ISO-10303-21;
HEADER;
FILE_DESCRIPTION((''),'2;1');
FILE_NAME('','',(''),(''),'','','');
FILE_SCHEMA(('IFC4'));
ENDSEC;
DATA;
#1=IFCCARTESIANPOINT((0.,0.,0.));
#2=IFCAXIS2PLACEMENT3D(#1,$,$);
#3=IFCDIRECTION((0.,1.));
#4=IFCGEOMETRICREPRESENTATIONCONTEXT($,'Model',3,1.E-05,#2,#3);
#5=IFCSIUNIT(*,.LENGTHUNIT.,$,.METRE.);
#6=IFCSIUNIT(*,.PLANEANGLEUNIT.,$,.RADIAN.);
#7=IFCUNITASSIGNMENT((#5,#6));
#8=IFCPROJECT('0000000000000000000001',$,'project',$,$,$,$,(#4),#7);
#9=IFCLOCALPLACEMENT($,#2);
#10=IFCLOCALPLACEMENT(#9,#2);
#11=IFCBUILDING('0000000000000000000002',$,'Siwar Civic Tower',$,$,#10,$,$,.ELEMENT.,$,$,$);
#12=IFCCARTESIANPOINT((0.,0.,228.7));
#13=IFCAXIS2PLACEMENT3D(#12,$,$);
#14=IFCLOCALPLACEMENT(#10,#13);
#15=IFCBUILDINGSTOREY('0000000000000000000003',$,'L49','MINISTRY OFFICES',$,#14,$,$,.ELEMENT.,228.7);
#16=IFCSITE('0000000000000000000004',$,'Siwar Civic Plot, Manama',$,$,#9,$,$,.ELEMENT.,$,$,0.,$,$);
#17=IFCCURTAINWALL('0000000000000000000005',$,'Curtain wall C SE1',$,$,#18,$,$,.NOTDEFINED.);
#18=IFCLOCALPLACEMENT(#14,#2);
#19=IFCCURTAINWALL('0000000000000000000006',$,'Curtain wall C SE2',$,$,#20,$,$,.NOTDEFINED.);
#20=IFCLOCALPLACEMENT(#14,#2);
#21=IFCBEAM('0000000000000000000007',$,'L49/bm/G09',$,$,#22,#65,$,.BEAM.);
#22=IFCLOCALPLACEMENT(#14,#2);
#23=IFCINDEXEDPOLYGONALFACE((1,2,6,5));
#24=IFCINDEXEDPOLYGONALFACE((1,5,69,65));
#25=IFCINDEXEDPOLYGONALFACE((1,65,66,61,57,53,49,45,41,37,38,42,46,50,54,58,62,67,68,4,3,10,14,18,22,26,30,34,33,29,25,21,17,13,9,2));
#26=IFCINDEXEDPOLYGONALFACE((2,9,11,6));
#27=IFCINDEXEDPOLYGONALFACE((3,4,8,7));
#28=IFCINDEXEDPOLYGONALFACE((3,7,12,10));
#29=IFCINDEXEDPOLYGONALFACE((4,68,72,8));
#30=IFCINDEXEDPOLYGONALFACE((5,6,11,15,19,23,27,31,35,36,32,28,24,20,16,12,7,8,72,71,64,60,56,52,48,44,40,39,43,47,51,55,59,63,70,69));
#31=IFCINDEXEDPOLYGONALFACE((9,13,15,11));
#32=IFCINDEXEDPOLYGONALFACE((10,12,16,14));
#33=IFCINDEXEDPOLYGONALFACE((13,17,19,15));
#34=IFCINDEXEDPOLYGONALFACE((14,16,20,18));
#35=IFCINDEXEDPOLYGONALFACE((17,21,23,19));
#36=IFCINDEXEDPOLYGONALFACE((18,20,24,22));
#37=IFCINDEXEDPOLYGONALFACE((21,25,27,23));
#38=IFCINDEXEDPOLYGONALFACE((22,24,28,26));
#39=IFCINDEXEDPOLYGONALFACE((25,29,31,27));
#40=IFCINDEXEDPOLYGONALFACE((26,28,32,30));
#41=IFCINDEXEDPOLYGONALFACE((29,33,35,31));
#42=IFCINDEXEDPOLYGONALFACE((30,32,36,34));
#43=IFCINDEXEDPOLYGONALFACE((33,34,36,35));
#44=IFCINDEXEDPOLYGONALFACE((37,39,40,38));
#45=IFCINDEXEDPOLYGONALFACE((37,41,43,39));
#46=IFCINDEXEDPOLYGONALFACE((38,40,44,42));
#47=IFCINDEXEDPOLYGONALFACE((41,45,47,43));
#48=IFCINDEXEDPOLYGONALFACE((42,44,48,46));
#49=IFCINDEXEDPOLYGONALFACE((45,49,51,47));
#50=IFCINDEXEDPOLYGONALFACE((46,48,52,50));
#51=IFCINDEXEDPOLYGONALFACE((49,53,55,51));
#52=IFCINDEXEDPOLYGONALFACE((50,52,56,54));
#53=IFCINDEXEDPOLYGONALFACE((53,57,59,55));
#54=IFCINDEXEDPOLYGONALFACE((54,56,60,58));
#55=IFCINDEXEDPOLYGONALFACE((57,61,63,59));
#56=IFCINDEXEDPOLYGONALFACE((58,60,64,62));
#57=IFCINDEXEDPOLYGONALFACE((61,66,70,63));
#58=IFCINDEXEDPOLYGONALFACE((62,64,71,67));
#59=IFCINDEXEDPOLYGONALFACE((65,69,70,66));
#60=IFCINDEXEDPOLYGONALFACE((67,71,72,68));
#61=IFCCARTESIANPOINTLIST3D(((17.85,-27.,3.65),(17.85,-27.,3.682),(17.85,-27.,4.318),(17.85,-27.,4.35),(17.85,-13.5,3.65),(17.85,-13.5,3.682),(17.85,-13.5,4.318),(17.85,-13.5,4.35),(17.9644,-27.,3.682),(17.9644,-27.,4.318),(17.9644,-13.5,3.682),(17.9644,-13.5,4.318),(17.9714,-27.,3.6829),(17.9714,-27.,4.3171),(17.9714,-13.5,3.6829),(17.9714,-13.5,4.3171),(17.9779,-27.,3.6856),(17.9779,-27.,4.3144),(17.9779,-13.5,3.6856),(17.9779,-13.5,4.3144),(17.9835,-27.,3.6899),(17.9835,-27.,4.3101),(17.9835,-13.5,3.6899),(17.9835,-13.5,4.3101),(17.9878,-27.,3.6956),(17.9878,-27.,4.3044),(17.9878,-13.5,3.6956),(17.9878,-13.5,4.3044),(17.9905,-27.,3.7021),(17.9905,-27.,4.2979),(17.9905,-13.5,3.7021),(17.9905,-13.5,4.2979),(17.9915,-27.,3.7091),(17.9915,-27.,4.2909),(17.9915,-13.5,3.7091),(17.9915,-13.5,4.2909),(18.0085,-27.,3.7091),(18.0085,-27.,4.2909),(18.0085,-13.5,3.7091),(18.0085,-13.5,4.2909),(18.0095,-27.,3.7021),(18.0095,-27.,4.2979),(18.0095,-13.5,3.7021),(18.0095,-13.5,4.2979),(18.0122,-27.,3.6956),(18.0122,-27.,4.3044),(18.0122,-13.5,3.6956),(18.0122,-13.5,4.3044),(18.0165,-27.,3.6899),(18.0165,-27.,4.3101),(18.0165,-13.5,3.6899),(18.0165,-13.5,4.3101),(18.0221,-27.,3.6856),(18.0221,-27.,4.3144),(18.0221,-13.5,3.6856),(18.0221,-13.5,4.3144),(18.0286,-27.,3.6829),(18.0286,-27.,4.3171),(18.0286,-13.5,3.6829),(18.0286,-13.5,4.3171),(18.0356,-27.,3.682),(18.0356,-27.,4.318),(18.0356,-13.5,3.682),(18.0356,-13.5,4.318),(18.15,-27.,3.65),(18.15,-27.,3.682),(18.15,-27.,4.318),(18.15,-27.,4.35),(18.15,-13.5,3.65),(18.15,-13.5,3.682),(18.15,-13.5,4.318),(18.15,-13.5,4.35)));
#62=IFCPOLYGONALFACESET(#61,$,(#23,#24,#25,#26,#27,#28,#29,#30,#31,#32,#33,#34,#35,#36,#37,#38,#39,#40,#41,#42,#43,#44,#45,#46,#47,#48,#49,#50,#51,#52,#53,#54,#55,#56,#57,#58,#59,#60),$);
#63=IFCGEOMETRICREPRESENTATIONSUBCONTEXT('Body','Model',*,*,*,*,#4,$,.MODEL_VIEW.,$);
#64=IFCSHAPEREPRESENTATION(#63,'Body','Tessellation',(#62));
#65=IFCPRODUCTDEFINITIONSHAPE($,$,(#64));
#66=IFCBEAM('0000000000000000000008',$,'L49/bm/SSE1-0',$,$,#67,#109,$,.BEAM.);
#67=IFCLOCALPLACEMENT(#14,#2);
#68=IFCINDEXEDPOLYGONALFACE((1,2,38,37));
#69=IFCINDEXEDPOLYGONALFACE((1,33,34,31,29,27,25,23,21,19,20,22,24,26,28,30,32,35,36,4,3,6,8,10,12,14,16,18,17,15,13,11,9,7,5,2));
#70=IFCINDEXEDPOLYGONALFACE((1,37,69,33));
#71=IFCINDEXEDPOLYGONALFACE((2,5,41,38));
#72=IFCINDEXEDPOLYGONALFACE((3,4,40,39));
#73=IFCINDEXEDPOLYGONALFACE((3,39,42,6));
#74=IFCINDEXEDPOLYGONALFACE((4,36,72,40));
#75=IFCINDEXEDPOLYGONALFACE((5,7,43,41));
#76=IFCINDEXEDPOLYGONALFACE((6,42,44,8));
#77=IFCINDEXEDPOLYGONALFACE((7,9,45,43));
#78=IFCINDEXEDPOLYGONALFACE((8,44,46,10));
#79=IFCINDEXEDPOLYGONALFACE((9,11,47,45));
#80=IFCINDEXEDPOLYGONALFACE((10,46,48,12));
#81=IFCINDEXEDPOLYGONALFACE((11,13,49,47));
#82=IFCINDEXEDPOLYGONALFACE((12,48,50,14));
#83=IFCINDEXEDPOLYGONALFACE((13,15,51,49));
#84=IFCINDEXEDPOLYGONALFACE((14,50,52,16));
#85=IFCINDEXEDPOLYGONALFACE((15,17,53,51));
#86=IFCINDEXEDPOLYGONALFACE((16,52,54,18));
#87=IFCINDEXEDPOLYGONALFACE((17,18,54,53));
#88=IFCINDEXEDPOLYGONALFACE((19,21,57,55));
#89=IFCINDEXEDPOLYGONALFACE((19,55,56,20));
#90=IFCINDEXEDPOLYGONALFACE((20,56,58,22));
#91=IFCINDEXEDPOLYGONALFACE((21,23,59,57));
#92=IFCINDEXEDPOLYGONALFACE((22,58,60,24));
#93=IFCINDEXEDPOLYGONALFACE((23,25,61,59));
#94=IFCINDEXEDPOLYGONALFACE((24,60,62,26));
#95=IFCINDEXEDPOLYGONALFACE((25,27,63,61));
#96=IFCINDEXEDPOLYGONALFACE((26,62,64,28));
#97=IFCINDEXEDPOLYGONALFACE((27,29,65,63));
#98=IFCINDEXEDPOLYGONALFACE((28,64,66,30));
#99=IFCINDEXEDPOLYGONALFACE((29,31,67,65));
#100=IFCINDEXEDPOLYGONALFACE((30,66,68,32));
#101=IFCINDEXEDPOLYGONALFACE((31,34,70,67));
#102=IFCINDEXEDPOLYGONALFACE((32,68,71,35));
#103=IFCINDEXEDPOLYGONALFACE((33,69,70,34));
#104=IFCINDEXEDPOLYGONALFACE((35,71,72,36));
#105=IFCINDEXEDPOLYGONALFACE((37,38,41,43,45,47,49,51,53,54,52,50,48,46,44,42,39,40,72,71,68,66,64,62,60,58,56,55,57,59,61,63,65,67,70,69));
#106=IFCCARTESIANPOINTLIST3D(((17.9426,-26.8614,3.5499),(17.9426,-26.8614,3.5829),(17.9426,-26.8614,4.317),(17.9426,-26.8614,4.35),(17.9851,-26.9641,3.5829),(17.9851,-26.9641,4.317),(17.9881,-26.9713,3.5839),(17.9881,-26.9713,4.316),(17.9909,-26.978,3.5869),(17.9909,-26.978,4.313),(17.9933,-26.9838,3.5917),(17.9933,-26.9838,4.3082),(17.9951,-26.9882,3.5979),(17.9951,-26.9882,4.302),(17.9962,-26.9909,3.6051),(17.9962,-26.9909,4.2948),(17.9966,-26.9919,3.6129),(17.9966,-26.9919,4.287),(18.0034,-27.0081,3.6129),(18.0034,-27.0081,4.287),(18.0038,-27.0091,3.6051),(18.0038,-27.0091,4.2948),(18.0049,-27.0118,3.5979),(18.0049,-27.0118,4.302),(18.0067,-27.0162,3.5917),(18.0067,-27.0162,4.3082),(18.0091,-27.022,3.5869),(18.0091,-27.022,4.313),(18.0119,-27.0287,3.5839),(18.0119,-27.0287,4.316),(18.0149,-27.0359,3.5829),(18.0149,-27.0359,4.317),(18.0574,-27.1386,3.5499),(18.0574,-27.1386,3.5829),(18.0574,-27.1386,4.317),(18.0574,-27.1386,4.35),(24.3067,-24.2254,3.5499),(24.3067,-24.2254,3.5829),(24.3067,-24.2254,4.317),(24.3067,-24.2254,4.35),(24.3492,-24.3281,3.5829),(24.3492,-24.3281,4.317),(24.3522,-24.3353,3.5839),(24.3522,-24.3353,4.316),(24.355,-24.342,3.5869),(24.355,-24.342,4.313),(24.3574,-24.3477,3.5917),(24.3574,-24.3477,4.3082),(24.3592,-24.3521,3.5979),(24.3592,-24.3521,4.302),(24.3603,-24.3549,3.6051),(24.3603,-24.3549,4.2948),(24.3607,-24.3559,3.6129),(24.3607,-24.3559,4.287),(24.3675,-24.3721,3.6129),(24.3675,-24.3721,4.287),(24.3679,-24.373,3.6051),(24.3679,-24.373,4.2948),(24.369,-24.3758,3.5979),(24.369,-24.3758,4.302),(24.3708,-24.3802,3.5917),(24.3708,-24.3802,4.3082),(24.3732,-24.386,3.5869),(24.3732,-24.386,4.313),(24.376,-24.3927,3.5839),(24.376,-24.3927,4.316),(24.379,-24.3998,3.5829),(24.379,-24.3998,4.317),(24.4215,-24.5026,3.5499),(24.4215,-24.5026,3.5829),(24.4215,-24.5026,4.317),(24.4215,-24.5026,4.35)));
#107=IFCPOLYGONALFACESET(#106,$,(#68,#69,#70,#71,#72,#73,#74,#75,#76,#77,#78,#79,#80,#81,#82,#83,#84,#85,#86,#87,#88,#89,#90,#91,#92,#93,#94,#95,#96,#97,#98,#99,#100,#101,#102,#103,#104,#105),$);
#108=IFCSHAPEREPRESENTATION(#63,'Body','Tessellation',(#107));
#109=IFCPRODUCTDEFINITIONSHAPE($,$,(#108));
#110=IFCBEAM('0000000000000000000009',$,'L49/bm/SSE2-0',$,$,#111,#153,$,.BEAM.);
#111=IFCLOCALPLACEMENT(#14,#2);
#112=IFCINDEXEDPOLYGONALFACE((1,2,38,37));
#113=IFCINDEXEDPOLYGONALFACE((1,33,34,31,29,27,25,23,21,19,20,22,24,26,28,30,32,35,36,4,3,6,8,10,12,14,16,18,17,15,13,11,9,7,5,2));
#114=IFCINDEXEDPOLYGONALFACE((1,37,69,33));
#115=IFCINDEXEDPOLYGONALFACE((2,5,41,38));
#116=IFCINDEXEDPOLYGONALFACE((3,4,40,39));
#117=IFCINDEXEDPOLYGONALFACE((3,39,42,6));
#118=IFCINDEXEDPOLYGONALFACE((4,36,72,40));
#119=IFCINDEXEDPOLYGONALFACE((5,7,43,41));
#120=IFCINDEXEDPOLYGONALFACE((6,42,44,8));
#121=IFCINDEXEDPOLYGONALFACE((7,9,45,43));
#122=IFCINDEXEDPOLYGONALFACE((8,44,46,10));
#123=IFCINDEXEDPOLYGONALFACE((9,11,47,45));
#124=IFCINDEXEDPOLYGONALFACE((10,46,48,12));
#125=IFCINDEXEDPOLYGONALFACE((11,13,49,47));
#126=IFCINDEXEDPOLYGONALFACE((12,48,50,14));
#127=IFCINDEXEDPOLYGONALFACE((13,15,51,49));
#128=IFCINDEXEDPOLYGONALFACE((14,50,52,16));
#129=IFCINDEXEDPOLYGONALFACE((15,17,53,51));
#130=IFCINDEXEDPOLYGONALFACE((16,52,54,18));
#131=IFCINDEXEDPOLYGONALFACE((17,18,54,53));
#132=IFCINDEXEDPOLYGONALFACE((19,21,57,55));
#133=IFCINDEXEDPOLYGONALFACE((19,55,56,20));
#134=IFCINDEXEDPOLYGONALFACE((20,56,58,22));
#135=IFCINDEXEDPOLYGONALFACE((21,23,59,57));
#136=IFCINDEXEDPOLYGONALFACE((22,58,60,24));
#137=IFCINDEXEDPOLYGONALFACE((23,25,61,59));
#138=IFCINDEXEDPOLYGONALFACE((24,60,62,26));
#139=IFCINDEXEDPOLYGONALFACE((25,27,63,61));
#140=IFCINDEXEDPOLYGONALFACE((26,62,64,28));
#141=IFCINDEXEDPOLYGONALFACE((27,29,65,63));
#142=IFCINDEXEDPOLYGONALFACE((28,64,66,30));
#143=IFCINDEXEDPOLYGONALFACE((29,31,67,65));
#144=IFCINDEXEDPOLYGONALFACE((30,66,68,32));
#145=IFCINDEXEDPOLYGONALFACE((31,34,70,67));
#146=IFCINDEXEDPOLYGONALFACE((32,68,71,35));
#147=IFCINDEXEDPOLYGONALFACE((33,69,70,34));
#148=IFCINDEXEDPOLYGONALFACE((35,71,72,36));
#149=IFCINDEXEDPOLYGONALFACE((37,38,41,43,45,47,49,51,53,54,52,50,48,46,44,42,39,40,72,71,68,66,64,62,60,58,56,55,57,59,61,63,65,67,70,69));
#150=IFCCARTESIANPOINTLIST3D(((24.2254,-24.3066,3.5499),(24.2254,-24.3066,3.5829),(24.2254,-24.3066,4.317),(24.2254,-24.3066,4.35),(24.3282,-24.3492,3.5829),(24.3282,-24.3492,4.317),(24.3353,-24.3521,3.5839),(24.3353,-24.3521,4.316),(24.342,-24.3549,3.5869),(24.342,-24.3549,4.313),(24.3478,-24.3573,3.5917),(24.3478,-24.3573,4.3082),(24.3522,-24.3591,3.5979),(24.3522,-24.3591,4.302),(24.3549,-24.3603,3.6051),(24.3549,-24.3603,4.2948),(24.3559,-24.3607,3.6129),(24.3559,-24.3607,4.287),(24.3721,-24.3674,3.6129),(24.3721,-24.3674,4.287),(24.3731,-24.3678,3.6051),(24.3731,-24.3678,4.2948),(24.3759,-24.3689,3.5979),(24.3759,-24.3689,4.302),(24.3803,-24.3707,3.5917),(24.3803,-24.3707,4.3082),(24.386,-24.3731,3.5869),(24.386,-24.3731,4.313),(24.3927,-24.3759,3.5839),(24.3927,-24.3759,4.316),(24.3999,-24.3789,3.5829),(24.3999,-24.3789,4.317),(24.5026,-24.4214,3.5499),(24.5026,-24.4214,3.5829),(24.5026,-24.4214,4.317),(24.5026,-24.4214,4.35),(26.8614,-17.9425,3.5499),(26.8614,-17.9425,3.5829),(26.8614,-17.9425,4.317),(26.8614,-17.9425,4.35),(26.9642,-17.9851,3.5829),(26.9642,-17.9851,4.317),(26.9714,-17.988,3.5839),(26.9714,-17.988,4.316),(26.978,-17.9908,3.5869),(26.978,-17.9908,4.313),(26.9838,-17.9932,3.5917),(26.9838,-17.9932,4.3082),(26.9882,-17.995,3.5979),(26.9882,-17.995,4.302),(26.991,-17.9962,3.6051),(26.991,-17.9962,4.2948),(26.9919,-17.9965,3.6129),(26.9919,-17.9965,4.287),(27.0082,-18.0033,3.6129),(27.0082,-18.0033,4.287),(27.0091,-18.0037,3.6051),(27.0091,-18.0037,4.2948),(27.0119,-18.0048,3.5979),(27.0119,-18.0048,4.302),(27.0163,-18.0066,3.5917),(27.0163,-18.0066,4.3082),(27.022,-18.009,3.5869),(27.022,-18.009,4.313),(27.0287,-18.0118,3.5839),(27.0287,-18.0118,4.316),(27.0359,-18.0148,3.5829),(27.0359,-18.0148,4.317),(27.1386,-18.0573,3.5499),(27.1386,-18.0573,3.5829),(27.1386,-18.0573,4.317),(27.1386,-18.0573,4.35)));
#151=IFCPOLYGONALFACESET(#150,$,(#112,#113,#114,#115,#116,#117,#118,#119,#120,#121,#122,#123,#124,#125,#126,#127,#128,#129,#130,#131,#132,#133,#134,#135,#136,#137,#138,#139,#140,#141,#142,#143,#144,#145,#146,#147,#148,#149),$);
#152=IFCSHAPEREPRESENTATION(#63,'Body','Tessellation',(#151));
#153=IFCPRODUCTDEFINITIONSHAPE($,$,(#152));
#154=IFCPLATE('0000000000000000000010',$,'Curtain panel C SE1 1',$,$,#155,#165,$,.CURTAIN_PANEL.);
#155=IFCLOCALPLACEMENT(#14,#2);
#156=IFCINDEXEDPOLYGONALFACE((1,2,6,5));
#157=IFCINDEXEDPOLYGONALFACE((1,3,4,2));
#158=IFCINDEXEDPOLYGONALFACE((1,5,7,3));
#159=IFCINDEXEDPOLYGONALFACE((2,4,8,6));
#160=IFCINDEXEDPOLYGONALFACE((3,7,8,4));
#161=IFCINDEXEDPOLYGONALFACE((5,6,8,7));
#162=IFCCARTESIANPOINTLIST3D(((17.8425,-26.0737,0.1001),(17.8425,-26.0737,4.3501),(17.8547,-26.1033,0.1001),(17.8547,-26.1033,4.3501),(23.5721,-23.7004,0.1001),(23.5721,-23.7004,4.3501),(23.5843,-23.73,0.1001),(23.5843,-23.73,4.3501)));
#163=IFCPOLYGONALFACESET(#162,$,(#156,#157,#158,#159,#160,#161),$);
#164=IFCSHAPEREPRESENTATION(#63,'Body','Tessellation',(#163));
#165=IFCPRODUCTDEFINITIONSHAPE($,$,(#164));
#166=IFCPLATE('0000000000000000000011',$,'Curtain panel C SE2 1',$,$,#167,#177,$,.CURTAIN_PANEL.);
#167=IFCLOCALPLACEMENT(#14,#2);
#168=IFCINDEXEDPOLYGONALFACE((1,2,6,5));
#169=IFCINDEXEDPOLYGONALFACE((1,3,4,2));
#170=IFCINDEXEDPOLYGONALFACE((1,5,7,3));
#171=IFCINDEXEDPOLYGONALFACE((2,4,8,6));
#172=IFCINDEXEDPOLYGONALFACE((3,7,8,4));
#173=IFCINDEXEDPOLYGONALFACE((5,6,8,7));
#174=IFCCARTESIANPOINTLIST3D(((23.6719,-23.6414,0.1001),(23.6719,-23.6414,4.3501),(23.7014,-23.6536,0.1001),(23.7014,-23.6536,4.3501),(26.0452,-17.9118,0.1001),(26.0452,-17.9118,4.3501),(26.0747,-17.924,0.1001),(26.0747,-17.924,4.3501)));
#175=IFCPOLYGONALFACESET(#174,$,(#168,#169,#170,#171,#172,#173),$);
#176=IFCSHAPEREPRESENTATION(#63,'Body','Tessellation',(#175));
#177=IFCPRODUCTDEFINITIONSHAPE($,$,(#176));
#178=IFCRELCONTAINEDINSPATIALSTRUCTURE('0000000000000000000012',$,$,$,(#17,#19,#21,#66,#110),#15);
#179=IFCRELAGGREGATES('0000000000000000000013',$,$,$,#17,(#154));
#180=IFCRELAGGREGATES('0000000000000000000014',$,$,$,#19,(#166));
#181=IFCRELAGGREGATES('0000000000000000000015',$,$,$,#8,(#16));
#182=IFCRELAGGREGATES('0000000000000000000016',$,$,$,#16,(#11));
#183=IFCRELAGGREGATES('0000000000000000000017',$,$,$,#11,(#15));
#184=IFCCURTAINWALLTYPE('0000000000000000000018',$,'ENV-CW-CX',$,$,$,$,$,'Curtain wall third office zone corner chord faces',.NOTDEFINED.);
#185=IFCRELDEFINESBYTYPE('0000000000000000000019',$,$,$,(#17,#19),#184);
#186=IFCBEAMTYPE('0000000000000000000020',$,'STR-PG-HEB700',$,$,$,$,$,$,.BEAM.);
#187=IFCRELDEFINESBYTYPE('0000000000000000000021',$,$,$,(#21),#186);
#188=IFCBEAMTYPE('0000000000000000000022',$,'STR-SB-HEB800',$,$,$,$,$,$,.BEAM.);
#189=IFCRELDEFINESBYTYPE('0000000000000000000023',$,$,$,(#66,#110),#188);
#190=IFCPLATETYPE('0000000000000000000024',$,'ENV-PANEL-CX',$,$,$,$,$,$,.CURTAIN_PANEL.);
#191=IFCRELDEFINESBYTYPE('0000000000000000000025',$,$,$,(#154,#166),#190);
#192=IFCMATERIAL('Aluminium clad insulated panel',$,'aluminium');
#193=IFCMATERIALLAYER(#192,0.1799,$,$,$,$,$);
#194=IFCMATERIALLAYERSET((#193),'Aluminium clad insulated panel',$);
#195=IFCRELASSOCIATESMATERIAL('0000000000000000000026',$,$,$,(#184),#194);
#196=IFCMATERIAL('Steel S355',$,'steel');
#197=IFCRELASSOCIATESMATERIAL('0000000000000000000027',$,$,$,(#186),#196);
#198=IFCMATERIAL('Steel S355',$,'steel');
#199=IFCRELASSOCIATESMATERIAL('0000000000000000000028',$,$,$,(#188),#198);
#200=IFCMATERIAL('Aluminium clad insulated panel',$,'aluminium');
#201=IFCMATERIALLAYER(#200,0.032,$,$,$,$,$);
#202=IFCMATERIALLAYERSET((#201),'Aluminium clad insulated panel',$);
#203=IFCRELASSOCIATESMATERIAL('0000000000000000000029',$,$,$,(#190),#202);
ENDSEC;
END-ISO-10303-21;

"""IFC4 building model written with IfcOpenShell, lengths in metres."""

from ifc_helpers import new_model, si_unit, direction, frame, origin, origin_2d, place, context, subcontext, project, spatial, rectangle, i_section, extrude, material, layer, layer_set, material_profile, profile_set, type_object, element, aggregate, save


model = new_model("IFC4")

# Units and contexts
model_context = context("Model", 3, precision=1e-05, world=origin(), true_north=direction((0.0, 1.0)))
body_context = subcontext(model_context, "Body", "Model", "MODEL_VIEW")
ifc_project = project(units=[si_unit("LENGTHUNIT", "METRE"), si_unit("PLANEANGLEUNIT", "RADIAN")], contexts=[model_context])

# Site, building, storey
site_placement = place(None, origin())
site = spatial("IfcSite", under=ifc_project, at=site_placement, Name="Siwar Civic Plot, Manama", CompositionType="ELEMENT", RefElevation=0.0)
building_placement = place(site_placement, origin())
building = spatial("IfcBuilding", under=site, at=building_placement, Name="Siwar Civic Tower", CompositionType="ELEMENT")
storey_placement = place(building_placement, frame((0.0, 0.0, 228.7)))
storey = spatial("IfcBuildingStorey", under=building, at=storey_placement, Name="L49", Description="MINISTRY OFFICES", CompositionType="ELEMENT", Elevation=228.7)

# Curtain walls
ifc_material_1 = material(Name="Aluminium clad insulated panel", Category="aluminium")
ifc_layer_1 = layer(ifc_material_1, 0.1799)
ifc_layer_set_1 = layer_set([ifc_layer_1], Name="Aluminium clad insulated panel")
curtain_wall_type = type_object("IfcCurtainWallType", Name="ENV-CW-CX", ElementType="Curtain wall third office zone corner chord faces", PredefinedType="NOTDEFINED", material=ifc_layer_set_1)
curtain_wall_1_placement = place(storey_placement, origin())
curtain_wall_1 = element("IfcCurtainWall", 1, at=curtain_wall_1_placement, inside=storey, type_object=curtain_wall_type, Name="Curtain wall C SE1", PredefinedType="NOTDEFINED")
curtain_wall_2_placement = place(storey_placement, origin())
curtain_wall_2 = element("IfcCurtainWall", 2, at=curtain_wall_2_placement, inside=storey, type_object=curtain_wall_type, Name="Curtain wall C SE2", PredefinedType="NOTDEFINED")

# Beams
ifc_material_2 = material(Name="Steel S355", Category="steel")
ifc_material_profile_1 = material_profile(ifc_material_2, i_section(OverallWidth=0.3, OverallDepth=0.7, WebThickness=0.0171, FlangeThickness=0.032, FilletRadius=0.0271, at=origin_2d()), Name="HEB700")
ifc_profile_set_1 = profile_set([ifc_material_profile_1], Name="Steel S355")
beam_type_1 = type_object("IfcBeamType", Name="STR-PG-HEB700", PredefinedType="BEAM", material=ifc_profile_set_1)
beam_1_placement = place(storey_placement, frame((18.0, -27.0, 4.0), z_axis=(0.0, 1.0, 0.0), x_axis=(-1.0, 0.0, 0.0)))
element("IfcBeam", 3, at=beam_1_placement, inside=storey, type_object=beam_type_1, Name="L49/bm/G09", PredefinedType="BEAM", context=body_context, shape_type="SweptSolid", body=[
    extrude(i_section(OverallWidth=0.3, OverallDepth=0.7, WebThickness=0.0171, FlangeThickness=0.032, FilletRadius=0.0271, at=origin_2d()), origin(), (0.0, 0.0, 1.0), 13.5),
])
ifc_material_3 = material(Name="Steel S355", Category="steel")
ifc_material_profile_2 = material_profile(ifc_material_3, i_section(OverallWidth=0.3, OverallDepth=0.8, WebThickness=0.0176, FlangeThickness=0.033, FilletRadius=0.03, at=origin_2d()), Name="HEB800")
ifc_profile_set_2 = profile_set([ifc_material_profile_2], Name="Steel S355")
beam_type_2 = type_object("IfcBeamType", Name="STR-SB-HEB800", PredefinedType="BEAM", material=ifc_profile_set_2)
for number, where, z_axis, x_axis, name in (
    (4, (18.0, -27.0, 3.95), (0.923883, 0.382674, 0.0), (-0.382674, 0.923883, 0.0), "L49/bm/SSE1-0"),
    (5, (24.364, -24.364, 3.95), (0.382674, 0.923883, 0.0), (-0.923883, 0.382674, 0.0), "L49/bm/SSE2-0"),
):
    element("IfcBeam", number, at=place(storey_placement, frame(where, z_axis=z_axis, x_axis=x_axis)), inside=storey, type_object=beam_type_2, Name=name, PredefinedType="BEAM", context=body_context, shape_type="SweptSolid", body=[
        extrude(i_section(OverallWidth=0.3, OverallDepth=0.8, WebThickness=0.0176, FlangeThickness=0.033, FilletRadius=0.03, at=origin_2d()), origin(), (0.0, 0.0, 1.0), 6.8884),
    ])

# Plates
ifc_material_4 = material(Name="Aluminium clad insulated panel", Category="aluminium")
ifc_layer_2 = layer(ifc_material_4, 0.032)
ifc_layer_set_2 = layer_set([ifc_layer_2], Name="Aluminium clad insulated panel")
plate_type = type_object("IfcPlateType", Name="ENV-PANEL-CX", PredefinedType="CURTAIN_PANEL", material=ifc_layer_set_2)
plate_1_placement = place(storey_placement, frame((20.7134, -24.9019, 0.1001), z_axis=(0.0, 0.0, 1.0), x_axis=(0.92388, 0.382683, 0.0)))
plate_1 = element("IfcPlate", 6, at=plate_1_placement, type_object=plate_type, Name="Curtain panel C SE1 1", PredefinedType="CURTAIN_PANEL", context=body_context, shape_type="SweptSolid", body=[
    extrude(rectangle(XDim=6.2017, YDim=0.032, at=origin_2d()), origin(), (0.0, 0.0, 1.0), 4.25),
])
aggregate(curtain_wall_1, [plate_1])
plate_2_placement = place(storey_placement, frame((24.8733, -20.7827, 0.1001), z_axis=(0.0, 0.0, 1.0), x_axis=(0.382683, 0.92388, 0.0)))
plate_2 = element("IfcPlate", 7, at=plate_2_placement, type_object=plate_type, Name="Curtain panel C SE2 1", PredefinedType="CURTAIN_PANEL", context=body_context, shape_type="SweptSolid", body=[
    extrude(rectangle(XDim=6.2017, YDim=0.032, at=origin_2d()), origin(), (0.0, 0.0, 1.0), 4.25),
])
aggregate(curtain_wall_2, [plate_2])

save(model, "model.ifc")
